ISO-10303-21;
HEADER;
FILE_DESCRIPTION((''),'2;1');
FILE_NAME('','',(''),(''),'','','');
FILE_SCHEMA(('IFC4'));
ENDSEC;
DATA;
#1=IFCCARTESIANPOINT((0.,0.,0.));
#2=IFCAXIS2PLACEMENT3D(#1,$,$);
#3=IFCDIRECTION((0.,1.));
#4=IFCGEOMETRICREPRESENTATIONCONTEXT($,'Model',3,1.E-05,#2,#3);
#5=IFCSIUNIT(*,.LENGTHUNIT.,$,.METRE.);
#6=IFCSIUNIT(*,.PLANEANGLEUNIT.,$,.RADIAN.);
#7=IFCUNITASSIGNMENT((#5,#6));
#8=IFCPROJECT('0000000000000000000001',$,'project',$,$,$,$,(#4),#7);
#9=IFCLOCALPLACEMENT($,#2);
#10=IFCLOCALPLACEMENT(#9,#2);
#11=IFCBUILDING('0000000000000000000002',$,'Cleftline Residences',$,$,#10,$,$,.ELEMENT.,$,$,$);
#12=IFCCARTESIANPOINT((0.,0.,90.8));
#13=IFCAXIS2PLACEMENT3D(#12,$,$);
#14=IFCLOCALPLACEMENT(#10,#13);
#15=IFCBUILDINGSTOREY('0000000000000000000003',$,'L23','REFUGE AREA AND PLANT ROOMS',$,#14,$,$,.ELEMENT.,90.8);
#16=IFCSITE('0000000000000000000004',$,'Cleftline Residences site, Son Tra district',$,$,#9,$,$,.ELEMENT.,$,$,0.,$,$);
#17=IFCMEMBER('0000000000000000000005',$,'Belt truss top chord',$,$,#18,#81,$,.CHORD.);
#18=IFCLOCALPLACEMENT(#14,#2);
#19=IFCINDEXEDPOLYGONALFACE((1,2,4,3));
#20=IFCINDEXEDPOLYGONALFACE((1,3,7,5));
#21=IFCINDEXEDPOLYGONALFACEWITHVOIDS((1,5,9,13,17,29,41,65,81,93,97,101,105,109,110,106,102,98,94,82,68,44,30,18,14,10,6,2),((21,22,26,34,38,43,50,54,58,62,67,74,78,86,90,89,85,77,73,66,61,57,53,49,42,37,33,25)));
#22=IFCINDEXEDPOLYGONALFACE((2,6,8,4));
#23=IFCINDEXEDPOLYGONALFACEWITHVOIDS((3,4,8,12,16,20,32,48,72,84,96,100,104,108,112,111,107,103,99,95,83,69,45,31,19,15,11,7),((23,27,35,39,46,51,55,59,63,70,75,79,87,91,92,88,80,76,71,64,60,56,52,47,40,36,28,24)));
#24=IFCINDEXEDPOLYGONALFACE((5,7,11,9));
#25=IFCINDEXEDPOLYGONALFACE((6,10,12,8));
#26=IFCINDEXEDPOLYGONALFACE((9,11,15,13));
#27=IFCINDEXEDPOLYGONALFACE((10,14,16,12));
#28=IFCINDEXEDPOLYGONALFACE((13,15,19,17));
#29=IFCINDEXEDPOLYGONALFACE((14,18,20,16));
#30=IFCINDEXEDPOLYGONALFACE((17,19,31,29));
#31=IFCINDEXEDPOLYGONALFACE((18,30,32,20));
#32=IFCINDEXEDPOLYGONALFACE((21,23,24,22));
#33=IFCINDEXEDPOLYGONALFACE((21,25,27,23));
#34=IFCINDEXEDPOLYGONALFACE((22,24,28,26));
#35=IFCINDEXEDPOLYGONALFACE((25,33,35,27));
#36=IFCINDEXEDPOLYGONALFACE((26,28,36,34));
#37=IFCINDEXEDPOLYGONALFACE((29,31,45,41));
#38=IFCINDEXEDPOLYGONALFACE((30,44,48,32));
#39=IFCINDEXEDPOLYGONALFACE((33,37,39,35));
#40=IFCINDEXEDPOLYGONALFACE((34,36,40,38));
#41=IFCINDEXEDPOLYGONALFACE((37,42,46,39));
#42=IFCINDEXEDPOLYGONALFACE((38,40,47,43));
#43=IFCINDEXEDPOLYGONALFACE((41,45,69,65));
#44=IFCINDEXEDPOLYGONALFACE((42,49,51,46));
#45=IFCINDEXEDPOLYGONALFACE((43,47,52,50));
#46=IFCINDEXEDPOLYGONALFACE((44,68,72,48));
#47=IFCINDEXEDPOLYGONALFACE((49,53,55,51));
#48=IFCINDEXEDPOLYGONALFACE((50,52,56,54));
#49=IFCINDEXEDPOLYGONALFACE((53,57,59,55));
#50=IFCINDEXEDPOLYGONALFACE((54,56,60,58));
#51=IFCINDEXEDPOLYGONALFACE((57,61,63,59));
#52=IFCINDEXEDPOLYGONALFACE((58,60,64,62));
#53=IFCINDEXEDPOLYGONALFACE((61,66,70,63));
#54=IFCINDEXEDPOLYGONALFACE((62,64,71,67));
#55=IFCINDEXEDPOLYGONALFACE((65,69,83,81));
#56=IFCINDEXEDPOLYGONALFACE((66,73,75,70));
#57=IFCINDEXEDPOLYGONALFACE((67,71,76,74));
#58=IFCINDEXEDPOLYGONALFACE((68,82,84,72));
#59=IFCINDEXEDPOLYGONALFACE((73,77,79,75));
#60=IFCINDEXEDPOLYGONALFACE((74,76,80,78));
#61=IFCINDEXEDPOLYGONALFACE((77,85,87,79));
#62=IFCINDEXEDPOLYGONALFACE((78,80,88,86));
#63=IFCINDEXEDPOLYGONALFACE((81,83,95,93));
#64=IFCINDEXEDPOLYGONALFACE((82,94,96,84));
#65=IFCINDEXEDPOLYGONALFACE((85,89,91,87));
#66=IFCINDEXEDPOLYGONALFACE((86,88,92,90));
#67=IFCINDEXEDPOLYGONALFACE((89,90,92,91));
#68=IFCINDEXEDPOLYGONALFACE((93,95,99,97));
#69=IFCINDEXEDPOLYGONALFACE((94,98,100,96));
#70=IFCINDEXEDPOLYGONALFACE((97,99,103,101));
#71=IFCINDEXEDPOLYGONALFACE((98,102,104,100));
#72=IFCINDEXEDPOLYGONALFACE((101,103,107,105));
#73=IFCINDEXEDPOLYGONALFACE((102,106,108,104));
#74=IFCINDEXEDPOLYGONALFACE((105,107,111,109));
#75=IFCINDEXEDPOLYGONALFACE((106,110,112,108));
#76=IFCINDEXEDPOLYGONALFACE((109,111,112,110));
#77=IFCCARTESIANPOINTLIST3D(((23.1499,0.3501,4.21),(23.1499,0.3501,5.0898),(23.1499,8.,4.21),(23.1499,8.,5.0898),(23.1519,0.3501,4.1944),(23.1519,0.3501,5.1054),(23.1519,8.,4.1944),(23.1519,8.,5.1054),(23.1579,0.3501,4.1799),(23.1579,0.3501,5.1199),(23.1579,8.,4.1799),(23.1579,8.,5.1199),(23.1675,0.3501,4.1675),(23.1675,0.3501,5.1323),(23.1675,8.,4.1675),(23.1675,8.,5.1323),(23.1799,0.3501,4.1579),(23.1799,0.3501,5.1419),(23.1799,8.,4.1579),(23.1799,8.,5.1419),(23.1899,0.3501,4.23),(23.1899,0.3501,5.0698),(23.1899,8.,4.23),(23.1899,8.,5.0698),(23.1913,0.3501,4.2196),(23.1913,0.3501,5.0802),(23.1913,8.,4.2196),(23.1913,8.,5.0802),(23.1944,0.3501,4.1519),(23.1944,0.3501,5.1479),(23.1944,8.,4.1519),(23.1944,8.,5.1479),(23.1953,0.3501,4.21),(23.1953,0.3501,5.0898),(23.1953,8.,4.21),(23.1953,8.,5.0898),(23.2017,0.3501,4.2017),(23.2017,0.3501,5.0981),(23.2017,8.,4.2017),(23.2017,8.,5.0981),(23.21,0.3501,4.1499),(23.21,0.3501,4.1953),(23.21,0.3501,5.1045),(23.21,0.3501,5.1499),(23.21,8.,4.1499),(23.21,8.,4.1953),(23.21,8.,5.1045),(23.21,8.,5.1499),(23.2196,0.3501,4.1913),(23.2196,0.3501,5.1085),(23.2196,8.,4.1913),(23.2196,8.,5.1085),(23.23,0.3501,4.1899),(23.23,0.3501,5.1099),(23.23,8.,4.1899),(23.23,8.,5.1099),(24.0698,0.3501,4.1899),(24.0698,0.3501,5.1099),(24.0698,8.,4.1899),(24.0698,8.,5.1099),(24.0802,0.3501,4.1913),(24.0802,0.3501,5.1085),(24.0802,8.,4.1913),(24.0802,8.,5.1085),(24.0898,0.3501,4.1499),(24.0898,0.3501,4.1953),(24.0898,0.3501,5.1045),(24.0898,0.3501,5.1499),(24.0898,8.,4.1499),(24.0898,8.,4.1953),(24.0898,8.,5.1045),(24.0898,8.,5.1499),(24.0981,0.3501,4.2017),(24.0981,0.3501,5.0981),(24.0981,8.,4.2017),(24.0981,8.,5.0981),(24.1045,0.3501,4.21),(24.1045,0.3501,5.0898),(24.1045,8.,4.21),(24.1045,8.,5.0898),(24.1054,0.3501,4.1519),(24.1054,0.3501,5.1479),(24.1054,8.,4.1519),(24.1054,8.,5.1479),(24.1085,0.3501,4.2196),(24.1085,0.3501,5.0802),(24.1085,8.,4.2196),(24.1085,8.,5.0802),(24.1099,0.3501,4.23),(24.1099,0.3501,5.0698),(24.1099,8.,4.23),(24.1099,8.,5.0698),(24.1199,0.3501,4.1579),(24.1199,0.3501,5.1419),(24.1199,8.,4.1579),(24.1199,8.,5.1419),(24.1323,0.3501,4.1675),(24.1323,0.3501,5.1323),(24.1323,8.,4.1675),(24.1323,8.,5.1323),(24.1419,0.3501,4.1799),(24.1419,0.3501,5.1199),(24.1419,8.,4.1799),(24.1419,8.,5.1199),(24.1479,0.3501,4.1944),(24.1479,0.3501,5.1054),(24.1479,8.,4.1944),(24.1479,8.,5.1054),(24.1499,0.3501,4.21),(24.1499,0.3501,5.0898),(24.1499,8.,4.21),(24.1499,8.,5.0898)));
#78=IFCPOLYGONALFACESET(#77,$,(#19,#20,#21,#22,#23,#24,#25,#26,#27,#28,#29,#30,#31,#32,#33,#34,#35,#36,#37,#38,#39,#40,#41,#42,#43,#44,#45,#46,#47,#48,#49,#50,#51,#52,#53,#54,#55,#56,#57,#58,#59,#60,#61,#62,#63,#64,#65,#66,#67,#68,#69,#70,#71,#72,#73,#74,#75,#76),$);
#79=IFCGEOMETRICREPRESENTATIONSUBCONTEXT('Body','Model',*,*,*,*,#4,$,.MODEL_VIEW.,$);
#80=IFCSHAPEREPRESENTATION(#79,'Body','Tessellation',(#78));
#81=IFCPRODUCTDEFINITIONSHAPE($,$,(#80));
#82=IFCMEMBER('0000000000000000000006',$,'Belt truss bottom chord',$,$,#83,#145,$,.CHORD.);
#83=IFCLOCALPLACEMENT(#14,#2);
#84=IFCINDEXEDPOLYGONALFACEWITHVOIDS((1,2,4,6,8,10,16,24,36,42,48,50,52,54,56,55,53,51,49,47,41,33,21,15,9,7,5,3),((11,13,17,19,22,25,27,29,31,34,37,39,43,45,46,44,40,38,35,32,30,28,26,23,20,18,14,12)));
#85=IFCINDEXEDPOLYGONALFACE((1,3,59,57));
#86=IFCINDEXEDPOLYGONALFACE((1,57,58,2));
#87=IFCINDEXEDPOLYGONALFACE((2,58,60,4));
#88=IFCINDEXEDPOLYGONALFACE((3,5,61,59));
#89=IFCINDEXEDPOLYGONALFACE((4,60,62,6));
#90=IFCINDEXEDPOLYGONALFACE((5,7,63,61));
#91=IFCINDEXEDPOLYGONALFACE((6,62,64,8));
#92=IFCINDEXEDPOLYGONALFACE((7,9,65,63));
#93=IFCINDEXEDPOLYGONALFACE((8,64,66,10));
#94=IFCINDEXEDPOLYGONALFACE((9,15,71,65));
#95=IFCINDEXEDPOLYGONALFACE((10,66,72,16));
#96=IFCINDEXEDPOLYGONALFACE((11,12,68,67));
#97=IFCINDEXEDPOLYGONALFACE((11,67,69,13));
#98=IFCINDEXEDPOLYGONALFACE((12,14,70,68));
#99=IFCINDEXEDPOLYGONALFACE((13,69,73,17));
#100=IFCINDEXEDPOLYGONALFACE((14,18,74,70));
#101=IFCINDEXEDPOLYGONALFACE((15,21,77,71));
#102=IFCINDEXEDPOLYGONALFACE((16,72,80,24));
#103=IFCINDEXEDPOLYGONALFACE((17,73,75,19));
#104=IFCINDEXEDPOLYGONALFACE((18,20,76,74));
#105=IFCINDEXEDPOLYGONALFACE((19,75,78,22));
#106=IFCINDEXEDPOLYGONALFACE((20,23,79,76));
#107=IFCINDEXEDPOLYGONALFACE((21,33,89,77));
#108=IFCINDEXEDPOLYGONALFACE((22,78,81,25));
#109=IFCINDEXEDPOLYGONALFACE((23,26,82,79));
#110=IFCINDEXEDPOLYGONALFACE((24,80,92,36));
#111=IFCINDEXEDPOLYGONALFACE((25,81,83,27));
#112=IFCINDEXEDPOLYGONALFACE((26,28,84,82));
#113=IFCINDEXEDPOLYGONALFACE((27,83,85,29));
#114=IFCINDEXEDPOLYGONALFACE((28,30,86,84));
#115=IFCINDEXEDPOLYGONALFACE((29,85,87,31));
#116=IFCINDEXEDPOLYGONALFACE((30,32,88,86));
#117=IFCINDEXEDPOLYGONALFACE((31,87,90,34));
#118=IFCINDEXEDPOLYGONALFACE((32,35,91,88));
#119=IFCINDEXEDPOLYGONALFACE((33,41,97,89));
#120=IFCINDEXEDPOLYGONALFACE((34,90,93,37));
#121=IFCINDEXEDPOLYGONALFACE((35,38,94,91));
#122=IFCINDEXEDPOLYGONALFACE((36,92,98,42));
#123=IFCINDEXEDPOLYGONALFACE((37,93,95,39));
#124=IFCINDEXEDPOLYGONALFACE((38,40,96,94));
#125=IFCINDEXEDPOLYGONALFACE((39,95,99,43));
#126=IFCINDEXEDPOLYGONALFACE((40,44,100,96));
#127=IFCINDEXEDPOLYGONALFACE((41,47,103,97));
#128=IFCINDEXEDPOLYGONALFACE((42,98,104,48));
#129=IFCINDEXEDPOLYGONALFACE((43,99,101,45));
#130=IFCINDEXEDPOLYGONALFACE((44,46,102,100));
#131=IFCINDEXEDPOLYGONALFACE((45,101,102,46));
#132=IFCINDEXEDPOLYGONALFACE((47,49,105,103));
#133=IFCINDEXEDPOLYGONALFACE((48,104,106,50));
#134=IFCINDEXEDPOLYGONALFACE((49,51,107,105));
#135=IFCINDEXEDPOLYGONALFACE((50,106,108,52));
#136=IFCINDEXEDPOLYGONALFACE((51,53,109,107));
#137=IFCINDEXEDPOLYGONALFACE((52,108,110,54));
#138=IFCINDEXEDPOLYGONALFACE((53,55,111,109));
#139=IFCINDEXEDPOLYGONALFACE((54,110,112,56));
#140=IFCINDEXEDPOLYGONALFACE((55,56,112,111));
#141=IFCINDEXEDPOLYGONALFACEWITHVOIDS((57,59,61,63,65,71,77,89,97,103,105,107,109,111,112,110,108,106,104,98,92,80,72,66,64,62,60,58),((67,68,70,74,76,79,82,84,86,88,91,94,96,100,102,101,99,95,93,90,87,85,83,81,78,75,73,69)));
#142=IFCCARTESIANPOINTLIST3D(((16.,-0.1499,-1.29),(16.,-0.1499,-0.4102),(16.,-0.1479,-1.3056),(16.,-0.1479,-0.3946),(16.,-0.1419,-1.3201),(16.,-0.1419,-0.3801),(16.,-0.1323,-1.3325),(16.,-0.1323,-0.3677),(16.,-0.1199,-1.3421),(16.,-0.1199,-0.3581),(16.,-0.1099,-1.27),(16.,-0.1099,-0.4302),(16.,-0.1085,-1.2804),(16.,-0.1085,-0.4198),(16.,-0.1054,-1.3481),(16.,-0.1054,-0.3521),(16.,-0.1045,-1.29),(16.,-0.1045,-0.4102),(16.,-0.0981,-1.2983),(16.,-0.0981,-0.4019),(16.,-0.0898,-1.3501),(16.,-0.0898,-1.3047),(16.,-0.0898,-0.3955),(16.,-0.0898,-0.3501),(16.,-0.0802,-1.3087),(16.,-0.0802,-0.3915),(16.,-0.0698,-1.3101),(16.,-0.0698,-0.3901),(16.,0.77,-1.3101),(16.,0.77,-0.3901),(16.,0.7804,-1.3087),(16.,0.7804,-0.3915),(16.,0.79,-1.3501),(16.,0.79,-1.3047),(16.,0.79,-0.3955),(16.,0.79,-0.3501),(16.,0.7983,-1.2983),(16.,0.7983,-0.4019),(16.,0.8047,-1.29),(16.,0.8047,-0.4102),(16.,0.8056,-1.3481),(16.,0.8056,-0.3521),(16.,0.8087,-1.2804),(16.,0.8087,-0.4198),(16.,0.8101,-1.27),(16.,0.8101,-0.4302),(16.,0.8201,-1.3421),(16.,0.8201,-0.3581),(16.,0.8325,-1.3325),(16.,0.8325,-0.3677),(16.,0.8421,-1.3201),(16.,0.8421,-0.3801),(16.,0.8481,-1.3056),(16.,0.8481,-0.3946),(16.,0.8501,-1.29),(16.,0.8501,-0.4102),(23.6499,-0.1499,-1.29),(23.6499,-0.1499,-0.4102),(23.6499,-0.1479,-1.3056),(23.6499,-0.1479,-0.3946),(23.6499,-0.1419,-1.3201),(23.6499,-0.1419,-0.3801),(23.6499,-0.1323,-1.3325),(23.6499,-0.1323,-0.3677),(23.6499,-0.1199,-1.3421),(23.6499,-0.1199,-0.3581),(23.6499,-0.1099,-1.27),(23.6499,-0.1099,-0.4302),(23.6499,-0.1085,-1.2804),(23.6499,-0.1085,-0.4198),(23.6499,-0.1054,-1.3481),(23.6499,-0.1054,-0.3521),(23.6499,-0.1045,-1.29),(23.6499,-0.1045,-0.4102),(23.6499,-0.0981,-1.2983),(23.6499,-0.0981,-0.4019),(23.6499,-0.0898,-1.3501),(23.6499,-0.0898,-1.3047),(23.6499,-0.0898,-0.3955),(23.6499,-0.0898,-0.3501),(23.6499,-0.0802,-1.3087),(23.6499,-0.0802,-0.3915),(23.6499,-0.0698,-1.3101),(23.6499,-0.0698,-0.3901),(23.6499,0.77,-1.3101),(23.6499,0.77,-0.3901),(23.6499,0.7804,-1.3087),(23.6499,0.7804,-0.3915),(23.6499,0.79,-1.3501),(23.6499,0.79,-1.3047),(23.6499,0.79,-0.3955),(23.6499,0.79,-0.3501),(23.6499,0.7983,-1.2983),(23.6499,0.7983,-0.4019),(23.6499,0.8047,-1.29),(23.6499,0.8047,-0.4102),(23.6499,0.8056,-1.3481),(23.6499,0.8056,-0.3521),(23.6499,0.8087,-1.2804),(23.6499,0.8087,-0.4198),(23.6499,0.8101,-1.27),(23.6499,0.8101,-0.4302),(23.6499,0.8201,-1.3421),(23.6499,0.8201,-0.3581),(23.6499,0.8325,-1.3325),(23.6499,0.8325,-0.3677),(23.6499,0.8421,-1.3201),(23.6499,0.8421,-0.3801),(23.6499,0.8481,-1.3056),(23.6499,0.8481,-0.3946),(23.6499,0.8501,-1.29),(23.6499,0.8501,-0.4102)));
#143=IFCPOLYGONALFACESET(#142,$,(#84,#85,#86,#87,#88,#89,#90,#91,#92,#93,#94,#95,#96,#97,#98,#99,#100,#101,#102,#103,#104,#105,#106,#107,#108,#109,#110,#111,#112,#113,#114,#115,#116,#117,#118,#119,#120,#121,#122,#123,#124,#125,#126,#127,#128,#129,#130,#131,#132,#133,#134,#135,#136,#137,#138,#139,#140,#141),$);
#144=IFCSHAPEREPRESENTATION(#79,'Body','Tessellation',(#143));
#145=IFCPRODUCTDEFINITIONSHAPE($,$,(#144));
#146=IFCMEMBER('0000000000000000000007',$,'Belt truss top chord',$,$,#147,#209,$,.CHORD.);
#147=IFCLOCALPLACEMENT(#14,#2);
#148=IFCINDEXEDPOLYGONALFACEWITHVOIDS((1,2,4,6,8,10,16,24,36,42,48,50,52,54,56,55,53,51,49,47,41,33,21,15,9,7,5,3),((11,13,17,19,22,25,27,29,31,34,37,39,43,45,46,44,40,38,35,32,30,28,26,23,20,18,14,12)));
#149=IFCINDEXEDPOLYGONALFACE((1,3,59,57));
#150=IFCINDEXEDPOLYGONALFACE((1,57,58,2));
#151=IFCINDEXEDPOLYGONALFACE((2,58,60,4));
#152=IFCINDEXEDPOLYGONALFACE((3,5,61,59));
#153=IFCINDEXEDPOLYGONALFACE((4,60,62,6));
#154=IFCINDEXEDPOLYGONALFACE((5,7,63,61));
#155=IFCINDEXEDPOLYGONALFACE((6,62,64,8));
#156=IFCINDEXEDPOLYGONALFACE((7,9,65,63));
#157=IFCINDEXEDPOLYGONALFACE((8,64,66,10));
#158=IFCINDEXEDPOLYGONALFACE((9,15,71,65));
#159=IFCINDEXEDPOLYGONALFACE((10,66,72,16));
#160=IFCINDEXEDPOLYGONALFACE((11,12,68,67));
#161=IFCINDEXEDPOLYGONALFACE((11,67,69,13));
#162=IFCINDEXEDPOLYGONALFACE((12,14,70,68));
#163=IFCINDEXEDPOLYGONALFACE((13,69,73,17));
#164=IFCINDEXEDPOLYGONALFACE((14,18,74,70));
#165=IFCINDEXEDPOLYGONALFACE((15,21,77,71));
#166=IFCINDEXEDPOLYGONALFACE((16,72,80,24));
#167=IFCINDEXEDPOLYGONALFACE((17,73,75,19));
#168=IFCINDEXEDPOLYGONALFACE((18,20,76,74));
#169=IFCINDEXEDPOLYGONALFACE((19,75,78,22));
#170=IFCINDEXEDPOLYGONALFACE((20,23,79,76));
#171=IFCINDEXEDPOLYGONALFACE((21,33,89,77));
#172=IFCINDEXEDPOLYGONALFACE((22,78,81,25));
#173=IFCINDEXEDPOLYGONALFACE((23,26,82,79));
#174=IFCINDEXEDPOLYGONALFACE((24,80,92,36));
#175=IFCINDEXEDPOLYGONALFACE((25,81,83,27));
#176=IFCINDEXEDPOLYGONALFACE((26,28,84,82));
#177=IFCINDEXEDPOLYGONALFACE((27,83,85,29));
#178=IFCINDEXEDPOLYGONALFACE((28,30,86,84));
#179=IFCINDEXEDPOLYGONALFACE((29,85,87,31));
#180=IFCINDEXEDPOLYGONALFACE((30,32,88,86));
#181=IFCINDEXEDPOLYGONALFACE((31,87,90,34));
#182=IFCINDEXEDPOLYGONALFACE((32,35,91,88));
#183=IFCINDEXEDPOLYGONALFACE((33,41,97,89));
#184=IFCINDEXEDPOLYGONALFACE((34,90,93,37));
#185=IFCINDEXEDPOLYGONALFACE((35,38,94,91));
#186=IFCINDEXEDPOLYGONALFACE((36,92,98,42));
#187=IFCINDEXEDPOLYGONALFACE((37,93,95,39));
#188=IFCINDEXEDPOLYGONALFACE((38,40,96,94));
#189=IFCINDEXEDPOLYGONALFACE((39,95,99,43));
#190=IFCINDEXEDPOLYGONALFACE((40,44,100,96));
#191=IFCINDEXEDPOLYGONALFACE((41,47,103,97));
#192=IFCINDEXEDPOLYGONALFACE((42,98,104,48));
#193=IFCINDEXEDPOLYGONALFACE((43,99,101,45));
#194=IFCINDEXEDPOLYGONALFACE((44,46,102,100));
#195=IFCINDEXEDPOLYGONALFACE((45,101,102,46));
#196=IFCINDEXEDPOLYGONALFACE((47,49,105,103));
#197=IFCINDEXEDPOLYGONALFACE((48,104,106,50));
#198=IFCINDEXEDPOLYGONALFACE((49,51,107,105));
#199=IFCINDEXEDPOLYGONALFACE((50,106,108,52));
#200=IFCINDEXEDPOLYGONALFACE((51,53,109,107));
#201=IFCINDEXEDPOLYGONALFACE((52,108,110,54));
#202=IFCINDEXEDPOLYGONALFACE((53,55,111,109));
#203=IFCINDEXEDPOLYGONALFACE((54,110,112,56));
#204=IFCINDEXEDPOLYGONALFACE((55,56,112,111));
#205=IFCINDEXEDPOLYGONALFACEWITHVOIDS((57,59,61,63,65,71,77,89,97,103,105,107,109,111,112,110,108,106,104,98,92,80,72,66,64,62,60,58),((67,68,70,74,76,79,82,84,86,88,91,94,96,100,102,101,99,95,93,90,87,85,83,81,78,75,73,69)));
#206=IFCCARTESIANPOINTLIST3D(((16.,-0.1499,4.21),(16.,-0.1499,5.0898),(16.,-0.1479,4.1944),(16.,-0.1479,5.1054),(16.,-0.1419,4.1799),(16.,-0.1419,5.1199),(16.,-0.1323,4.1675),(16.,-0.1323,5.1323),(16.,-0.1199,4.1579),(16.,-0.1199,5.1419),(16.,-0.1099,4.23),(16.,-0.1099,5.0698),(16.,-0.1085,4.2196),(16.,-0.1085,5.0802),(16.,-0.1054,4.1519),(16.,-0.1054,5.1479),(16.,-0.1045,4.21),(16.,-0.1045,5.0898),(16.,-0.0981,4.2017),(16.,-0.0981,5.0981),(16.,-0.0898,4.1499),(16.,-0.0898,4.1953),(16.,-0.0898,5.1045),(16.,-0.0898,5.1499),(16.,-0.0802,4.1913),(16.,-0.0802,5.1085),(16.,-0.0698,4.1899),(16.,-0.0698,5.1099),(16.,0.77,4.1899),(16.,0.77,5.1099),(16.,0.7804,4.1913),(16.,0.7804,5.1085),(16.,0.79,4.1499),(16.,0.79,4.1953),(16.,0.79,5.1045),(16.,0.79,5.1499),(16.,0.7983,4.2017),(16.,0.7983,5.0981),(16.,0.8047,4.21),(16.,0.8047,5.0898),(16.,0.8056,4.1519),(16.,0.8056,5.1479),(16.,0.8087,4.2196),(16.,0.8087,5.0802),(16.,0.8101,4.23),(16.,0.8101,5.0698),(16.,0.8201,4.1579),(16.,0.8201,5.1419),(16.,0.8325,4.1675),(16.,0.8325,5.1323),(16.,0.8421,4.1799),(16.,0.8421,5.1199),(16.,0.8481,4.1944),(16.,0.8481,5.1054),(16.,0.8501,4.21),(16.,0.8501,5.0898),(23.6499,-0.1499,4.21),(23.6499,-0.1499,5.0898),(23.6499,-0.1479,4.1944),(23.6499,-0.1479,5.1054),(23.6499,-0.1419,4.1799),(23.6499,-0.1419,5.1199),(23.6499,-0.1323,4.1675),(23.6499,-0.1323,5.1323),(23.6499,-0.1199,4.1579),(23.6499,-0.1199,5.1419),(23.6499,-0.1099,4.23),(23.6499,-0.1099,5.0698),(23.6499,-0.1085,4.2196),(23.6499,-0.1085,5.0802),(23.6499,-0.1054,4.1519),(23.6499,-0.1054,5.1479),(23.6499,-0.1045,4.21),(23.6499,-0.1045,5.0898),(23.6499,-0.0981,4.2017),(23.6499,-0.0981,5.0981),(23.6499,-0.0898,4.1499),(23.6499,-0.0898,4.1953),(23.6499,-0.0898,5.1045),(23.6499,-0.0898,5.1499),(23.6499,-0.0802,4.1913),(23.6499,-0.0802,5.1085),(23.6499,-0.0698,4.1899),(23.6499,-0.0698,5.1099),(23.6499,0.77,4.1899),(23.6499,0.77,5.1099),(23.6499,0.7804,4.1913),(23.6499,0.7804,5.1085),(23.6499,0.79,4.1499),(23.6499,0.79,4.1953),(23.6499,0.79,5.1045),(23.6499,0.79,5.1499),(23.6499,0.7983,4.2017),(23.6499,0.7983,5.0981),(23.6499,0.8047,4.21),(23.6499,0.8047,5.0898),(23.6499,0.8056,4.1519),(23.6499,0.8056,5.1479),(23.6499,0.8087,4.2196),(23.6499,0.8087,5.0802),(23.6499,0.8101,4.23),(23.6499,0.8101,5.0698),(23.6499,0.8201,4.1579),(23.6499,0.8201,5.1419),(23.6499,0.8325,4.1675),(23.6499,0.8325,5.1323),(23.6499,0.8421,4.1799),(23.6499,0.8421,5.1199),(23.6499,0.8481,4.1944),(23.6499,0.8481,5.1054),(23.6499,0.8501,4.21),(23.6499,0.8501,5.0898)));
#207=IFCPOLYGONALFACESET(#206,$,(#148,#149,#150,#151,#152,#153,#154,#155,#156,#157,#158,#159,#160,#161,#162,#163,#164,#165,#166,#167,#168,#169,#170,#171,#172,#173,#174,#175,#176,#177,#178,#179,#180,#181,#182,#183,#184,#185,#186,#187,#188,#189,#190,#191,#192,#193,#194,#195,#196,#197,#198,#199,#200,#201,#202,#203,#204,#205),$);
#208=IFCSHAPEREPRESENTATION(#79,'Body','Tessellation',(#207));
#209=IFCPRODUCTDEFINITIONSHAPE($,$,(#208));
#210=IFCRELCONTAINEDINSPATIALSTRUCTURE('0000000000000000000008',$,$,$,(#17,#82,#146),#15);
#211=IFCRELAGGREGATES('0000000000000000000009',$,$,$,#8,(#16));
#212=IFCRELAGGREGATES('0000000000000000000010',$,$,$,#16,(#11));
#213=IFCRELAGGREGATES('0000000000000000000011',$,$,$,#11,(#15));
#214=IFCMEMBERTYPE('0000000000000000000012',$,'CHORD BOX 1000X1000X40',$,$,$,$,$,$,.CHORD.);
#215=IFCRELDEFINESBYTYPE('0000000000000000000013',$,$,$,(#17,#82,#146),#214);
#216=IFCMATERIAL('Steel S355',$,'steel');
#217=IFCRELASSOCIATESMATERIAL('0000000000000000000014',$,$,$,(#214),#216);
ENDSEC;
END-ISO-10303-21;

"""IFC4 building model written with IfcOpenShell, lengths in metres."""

from ifc_helpers import new_model, si_unit, direction, frame, origin, origin_2d, place, context, subcontext, project, spatial, hollow_rectangle, extrude, material, material_profile, profile_set, type_object, element, save


model = new_model("IFC4")

# Units and contexts
model_context = context("Model", 3, precision=1e-05, world=origin(), true_north=direction((0.0, 1.0)))
body_context = subcontext(model_context, "Body", "Model", "MODEL_VIEW")
ifc_project = project(units=[si_unit("LENGTHUNIT", "METRE"), si_unit("PLANEANGLEUNIT", "RADIAN")], contexts=[model_context])

# Site, building, storey
site_placement = place(None, origin())
site = spatial("IfcSite", under=ifc_project, at=site_placement, Name="Cleftline Residences site, Son Tra district", CompositionType="ELEMENT", RefElevation=0.0)
building_placement = place(site_placement, origin())
building = spatial("IfcBuilding", under=site, at=building_placement, Name="Cleftline Residences", CompositionType="ELEMENT")
storey_placement = place(building_placement, frame((0.0, 0.0, 90.8)))
storey = spatial("IfcBuildingStorey", under=building, at=storey_placement, Name="L23", Description="REFUGE AREA AND PLANT ROOMS", CompositionType="ELEMENT", Elevation=90.8)

# Members
ifc_material_1 = material(Name="Steel S355", Category="steel")
ifc_material_profile_1 = material_profile(ifc_material_1, hollow_rectangle(XDim=1.0, YDim=1.0, WallThickness=0.04, InnerFilletRadius=0.04, OuterFilletRadius=0.0601, at=origin_2d()))
ifc_profile_set_1 = profile_set([ifc_material_profile_1], Name="Steel S355")
member_type_1 = type_object("IfcMemberType", Name="CHORD BOX 1000X1000X40", PredefinedType="CHORD", material=ifc_profile_set_1)
for number, where, z_axis, x_axis, name in (
    (1, (23.6499, 0.3501, 4.6499), (0.0, 1.0, 0.0), (-1.0, 0.0, 0.0), "Belt truss top chord"),
    (2, (16.0, 0.3501, -0.8501), (1.0, 0.0, 0.0), (0.0, 1.0, 0.0), "Belt truss bottom chord"),
    (3, (16.0, 0.3501, 4.6499), (1.0, 0.0, 0.0), (0.0, 1.0, 0.0), "Belt truss top chord"),
):
    element("IfcMember", number, at=place(storey_placement, frame(where, z_axis=z_axis, x_axis=x_axis)), inside=storey, type_object=member_type_1, Name=name, PredefinedType="CHORD", context=body_context, shape_type="SweptSolid", body=[
        extrude(hollow_rectangle(XDim=1.0, YDim=1.0, WallThickness=0.04, InnerFilletRadius=0.04, OuterFilletRadius=0.0601, at=origin_2d()), origin(), (0.0, 0.0, 1.0), 7.6499),
    ])

save(model, "model.ifc")
